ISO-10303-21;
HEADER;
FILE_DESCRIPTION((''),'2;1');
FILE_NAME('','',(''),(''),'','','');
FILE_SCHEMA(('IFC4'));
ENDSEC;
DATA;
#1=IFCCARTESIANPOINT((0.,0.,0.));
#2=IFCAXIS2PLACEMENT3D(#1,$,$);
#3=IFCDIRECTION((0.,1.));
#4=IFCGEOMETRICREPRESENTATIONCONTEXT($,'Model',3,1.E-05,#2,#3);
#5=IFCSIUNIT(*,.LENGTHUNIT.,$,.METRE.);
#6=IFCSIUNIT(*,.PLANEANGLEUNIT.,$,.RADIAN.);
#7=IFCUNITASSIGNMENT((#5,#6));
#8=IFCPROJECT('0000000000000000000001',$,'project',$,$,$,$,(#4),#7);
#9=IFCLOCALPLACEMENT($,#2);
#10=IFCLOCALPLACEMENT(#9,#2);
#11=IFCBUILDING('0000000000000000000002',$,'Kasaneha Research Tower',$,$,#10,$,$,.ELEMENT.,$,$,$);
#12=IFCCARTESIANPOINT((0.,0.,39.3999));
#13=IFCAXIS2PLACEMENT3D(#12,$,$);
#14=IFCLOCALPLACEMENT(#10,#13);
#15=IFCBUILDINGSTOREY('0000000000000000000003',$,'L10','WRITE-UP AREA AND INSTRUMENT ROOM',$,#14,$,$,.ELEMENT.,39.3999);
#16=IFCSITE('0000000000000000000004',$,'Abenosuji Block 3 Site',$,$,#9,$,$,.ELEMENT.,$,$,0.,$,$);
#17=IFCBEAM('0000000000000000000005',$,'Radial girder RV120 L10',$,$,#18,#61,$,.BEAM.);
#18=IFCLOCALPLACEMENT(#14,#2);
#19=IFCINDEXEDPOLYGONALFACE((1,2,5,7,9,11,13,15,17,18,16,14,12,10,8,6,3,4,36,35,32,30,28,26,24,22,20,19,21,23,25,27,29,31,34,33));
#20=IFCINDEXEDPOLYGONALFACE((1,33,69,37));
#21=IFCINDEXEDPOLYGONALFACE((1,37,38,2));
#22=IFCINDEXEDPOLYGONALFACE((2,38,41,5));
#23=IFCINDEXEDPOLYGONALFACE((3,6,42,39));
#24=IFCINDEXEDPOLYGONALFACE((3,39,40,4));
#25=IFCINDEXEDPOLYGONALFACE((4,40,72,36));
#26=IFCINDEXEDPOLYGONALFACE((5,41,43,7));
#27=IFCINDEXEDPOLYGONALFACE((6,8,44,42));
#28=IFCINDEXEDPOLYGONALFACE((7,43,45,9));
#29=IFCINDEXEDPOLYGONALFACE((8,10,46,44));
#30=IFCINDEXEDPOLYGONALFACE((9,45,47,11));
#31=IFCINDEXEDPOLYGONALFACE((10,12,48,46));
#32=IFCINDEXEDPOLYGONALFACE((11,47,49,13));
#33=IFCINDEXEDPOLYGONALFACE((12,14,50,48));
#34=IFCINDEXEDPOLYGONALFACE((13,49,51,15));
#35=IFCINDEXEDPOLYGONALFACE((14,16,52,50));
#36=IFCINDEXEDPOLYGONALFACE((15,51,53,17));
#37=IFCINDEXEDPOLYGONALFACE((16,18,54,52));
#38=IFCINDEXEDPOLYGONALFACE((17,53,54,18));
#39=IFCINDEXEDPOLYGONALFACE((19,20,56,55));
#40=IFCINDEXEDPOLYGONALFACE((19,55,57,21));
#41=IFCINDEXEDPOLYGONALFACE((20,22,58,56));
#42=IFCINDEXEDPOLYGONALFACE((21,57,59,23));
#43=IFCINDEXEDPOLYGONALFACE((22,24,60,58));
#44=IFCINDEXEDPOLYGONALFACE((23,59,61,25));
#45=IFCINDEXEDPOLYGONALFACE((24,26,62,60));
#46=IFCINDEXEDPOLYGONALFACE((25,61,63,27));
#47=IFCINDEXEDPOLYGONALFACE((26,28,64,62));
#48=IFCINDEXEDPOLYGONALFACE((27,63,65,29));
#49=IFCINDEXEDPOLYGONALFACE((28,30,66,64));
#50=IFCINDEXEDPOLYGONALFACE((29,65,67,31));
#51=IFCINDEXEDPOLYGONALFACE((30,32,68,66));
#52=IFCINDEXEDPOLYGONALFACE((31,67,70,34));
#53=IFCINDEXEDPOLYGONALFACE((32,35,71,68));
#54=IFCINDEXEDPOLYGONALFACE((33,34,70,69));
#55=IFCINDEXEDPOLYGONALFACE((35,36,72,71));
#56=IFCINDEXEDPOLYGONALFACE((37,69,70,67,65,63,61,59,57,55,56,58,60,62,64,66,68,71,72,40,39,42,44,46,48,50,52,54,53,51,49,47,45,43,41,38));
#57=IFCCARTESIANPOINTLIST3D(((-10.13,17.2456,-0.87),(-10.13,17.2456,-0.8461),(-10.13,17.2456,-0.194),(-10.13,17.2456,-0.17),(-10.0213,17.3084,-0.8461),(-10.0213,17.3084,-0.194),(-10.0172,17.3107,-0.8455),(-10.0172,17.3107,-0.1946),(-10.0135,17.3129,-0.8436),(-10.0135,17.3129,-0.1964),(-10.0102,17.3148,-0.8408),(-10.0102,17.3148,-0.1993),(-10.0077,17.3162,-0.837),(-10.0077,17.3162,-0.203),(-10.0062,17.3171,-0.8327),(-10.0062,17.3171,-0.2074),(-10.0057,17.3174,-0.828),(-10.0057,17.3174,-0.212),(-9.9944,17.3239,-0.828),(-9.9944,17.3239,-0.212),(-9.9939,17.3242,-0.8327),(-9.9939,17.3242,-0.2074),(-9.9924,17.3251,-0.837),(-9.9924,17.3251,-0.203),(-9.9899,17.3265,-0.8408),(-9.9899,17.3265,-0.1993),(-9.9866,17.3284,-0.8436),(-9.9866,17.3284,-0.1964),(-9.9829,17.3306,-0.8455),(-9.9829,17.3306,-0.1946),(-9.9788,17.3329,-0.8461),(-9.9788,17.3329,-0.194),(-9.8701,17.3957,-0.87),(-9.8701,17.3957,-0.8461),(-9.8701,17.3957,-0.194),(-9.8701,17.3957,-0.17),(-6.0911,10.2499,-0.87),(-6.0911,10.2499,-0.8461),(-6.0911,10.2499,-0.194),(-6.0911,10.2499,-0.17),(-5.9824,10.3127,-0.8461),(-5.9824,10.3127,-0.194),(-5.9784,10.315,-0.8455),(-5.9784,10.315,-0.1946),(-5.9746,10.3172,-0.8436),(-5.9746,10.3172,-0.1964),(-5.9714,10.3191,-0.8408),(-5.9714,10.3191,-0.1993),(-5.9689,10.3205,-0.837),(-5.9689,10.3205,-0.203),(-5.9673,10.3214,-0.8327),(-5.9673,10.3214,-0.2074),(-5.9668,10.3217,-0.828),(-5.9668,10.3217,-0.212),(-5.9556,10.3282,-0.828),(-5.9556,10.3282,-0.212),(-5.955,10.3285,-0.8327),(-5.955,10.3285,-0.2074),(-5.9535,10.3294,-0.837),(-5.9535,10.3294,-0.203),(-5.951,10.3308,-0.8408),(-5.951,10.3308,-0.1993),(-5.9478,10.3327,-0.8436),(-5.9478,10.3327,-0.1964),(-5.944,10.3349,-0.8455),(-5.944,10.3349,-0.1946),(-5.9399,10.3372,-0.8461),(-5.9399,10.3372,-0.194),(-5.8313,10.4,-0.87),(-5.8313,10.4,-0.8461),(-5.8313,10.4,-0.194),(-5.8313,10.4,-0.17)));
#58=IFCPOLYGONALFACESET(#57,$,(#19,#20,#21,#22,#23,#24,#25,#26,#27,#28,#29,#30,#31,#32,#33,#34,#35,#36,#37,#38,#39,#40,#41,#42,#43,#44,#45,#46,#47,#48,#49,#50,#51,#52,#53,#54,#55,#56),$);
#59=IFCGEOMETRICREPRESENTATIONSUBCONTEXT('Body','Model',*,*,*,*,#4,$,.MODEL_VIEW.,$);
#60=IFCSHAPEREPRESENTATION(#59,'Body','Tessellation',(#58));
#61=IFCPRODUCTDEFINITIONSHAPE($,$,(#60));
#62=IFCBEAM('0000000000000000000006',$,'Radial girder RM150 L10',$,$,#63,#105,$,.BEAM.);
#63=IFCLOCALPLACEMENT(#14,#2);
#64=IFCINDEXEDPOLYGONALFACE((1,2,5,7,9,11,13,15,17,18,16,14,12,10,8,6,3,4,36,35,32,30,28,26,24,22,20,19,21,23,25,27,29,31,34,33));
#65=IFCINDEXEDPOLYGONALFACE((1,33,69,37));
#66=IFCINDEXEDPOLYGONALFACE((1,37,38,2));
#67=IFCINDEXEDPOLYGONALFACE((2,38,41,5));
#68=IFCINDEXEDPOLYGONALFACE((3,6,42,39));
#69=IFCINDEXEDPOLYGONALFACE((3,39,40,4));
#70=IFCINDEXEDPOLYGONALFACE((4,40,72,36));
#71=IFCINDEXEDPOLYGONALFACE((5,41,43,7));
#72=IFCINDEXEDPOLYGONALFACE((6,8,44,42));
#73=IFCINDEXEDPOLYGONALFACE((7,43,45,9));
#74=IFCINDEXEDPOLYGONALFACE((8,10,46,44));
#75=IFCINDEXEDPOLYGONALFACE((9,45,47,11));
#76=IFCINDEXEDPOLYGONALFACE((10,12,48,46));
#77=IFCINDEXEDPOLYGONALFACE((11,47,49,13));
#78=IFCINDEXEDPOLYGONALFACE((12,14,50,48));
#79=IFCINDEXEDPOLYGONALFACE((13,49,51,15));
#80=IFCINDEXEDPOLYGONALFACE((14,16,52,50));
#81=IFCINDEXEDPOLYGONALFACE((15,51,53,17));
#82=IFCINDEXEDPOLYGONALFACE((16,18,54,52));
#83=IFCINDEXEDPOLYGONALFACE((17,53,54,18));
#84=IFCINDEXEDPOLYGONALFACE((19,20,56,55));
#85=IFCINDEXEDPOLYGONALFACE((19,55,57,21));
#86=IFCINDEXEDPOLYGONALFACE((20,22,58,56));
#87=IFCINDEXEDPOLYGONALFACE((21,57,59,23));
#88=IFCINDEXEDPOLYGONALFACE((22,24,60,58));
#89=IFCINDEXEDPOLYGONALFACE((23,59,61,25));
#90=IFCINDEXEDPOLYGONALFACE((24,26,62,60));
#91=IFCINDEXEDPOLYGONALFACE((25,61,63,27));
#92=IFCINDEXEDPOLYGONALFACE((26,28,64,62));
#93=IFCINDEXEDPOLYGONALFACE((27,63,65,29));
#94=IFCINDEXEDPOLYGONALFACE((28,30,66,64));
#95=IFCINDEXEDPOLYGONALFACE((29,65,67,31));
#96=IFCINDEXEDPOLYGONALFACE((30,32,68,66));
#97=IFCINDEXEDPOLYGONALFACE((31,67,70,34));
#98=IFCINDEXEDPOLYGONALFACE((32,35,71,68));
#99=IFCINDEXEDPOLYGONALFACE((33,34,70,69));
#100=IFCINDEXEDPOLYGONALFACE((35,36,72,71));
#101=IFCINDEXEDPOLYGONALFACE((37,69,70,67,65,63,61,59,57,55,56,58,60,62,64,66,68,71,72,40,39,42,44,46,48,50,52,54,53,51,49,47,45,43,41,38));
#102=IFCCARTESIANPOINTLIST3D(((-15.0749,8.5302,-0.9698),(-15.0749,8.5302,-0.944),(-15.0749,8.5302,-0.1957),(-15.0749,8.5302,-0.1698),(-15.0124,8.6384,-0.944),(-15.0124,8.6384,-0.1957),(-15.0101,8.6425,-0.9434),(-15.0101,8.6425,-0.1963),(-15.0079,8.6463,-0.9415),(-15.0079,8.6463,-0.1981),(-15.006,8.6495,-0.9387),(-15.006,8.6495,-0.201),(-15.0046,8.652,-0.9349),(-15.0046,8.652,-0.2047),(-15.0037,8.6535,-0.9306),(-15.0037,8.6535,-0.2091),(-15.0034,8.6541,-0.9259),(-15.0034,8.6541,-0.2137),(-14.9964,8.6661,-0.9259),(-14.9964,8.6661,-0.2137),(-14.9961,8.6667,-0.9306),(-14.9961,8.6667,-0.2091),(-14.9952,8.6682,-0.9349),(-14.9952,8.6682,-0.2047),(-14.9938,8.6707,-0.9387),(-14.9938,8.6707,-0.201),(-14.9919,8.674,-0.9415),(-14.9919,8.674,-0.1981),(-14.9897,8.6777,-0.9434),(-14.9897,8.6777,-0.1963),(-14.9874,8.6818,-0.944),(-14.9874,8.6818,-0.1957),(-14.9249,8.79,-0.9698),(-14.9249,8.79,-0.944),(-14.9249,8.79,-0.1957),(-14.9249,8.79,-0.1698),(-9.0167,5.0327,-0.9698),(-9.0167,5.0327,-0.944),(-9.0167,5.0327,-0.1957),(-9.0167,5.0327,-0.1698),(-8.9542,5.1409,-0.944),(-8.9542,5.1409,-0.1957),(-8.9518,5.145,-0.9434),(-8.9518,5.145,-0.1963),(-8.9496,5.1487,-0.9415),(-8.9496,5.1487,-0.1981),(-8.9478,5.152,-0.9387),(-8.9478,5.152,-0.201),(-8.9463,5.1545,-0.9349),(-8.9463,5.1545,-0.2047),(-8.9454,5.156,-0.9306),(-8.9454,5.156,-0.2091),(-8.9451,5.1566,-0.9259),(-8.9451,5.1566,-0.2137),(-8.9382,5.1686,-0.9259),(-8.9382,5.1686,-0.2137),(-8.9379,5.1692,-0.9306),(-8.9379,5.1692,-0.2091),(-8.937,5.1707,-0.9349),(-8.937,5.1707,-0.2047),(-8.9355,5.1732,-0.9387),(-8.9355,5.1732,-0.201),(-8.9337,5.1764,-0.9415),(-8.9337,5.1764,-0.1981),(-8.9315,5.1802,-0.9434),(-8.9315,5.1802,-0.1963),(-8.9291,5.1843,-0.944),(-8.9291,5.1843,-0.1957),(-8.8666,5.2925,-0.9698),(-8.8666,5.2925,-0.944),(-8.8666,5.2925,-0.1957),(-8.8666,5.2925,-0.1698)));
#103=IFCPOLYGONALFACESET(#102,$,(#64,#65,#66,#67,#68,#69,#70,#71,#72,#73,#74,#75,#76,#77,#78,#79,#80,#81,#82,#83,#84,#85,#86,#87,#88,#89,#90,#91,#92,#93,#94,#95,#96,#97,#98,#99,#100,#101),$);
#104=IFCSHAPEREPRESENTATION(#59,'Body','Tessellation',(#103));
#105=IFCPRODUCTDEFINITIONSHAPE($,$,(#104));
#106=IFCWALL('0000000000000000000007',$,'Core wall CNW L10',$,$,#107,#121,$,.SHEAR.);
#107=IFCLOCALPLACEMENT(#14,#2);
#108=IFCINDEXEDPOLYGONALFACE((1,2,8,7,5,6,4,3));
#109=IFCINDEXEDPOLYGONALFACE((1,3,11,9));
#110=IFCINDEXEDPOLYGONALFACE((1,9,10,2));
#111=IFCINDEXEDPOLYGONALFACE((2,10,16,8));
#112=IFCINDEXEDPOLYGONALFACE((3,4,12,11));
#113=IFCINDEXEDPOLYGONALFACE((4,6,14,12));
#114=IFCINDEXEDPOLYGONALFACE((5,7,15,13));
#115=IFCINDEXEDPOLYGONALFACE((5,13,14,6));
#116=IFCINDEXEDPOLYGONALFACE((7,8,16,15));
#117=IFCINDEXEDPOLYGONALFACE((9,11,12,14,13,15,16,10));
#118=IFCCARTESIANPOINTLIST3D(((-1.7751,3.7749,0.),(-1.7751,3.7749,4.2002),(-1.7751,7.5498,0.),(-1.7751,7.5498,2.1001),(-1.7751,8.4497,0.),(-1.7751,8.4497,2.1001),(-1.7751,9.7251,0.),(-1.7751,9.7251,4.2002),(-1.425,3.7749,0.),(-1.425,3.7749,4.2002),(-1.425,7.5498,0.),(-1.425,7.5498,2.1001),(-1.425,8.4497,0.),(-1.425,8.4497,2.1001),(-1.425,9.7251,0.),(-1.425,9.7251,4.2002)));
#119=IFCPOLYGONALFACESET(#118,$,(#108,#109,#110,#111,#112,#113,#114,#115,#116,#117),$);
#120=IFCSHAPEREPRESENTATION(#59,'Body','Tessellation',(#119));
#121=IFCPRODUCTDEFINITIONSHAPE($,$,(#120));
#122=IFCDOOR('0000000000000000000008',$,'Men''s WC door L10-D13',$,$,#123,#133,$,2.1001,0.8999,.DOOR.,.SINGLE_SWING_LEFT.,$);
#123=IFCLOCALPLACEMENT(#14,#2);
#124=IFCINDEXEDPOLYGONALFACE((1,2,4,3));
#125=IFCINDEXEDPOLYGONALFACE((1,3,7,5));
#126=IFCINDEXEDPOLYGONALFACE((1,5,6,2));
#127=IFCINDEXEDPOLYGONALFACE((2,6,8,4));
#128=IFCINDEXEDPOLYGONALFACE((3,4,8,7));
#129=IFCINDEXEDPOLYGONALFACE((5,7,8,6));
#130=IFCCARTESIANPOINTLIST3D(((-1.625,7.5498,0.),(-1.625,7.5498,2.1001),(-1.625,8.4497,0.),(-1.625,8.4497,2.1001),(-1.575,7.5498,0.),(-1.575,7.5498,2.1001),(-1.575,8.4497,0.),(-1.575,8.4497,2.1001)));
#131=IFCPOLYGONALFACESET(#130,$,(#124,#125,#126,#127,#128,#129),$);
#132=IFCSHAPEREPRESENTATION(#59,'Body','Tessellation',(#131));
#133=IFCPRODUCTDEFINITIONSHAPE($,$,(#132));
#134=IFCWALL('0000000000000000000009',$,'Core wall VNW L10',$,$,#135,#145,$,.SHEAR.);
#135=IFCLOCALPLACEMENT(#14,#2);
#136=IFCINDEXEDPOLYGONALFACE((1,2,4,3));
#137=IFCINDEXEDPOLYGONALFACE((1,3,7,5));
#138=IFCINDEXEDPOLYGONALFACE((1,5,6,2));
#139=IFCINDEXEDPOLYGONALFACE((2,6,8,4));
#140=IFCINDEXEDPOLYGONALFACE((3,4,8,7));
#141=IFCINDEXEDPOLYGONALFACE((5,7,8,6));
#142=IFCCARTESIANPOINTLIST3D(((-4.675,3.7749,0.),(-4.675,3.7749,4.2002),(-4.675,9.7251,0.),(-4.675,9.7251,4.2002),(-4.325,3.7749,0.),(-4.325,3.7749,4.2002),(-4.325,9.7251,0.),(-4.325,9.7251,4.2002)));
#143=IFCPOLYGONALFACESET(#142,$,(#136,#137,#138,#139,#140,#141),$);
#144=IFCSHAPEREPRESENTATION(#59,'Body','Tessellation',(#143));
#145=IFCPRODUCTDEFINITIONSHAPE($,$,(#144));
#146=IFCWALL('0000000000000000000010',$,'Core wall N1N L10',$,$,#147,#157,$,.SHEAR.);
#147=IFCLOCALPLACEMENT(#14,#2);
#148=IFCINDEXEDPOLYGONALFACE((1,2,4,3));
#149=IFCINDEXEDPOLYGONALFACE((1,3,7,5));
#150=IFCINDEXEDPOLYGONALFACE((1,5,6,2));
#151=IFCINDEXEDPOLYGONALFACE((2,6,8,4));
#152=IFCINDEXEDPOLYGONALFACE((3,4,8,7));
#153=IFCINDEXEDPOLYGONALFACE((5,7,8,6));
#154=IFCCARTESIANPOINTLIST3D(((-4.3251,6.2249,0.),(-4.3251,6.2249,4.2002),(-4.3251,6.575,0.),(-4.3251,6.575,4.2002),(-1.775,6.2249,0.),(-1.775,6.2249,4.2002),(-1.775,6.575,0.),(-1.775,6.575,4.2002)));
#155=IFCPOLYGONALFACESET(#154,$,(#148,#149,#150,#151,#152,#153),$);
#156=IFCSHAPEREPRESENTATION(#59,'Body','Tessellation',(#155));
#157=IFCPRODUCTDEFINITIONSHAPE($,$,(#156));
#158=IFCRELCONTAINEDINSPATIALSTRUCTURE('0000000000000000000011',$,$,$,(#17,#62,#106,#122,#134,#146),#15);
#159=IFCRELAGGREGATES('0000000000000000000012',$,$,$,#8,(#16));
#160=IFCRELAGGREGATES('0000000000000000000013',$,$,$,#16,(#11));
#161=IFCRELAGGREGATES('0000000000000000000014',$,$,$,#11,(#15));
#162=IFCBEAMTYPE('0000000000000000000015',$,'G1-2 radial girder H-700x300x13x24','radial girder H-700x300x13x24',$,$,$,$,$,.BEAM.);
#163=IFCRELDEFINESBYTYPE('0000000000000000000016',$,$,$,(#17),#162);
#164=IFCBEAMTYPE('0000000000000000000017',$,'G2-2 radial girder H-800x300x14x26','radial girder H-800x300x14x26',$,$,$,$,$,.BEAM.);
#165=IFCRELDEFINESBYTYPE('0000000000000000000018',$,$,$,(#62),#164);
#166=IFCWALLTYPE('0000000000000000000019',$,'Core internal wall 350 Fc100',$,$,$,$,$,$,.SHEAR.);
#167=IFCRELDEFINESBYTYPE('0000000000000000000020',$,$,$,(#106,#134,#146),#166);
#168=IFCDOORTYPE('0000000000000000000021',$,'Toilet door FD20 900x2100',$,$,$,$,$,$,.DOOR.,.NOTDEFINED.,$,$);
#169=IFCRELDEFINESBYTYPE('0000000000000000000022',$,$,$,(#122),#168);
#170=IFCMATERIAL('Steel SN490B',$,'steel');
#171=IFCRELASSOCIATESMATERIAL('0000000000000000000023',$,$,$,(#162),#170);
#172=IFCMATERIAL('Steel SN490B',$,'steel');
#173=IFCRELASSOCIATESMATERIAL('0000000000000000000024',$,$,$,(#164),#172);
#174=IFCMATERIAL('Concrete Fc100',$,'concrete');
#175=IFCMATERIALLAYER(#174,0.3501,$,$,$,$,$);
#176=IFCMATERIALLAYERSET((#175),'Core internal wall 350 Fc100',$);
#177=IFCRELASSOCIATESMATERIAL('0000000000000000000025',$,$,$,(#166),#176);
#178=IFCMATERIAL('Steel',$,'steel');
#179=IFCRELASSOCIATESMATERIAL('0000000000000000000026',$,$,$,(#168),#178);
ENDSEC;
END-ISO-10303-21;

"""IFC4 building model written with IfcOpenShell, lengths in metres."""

from ifc_helpers import new_model, si_unit, direction, frame, frame_2d, origin, origin_2d, place, context, subcontext, project, spatial, rectangle, i_section, extrude, material, layer, layer_set, material_profile, profile_set, type_object, element, fill, save


model = new_model("IFC4")

# Units and contexts
model_context = context("Model", 3, precision=1e-05, world=origin(), true_north=direction((0.0, 1.0)))
body_context = subcontext(model_context, "Body", "Model", "MODEL_VIEW")
ifc_project = project(units=[si_unit("LENGTHUNIT", "METRE"), si_unit("PLANEANGLEUNIT", "RADIAN")], contexts=[model_context])

# Site, building, storey
site_placement = place(None, origin())
site = spatial("IfcSite", under=ifc_project, at=site_placement, Name="Abenosuji Block 3 Site", CompositionType="ELEMENT", RefElevation=0.0)
building_placement = place(site_placement, origin())
building = spatial("IfcBuilding", under=site, at=building_placement, Name="Kasaneha Research Tower", CompositionType="ELEMENT")
storey_placement = place(building_placement, frame((0.0, 0.0, 39.3999)))
storey = spatial("IfcBuildingStorey", under=building, at=storey_placement, Name="L10", Description="WRITE-UP AREA AND INSTRUMENT ROOM", CompositionType="ELEMENT", Elevation=39.3999)

# Beams
ifc_material_1 = material(Name="Steel SN490B", Category="steel")
ifc_material_profile_1 = material_profile(ifc_material_1, i_section(OverallWidth=0.3, OverallDepth=0.7, WebThickness=0.0129, FlangeThickness=0.0239, FilletRadius=0.0181, at=origin_2d()), Name="H-700x300x13x24")
ifc_profile_set_1 = profile_set([ifc_material_profile_1], Name="Steel SN490B")
beam_type_1 = type_object("IfcBeamType", Name="G1-2 radial girder H-700x300x13x24", Description="radial girder H-700x300x13x24", PredefinedType="BEAM", material=ifc_profile_set_1)
beam_1_placement = place(storey_placement, frame((-5.9612, 10.325, -0.52), z_axis=(-0.499991, 0.866031, 0.0), x_axis=(-0.866031, -0.499991, 0.0)))
element("IfcBeam", 1, at=beam_1_placement, inside=storey, type_object=beam_type_1, Name="Radial girder RV120 L10", PredefinedType="BEAM", context=body_context, shape_type="SweptSolid", body=[
    extrude(i_section(OverallWidth=0.3, OverallDepth=0.7, WebThickness=0.0129, FlangeThickness=0.0239, FilletRadius=0.0181, at=origin_2d()), origin(), (0.0, 0.0, 1.0), 8.0779),
])
ifc_material_2 = material(Name="Steel SN490B", Category="steel")
ifc_material_profile_2 = material_profile(ifc_material_2, i_section(OverallWidth=0.3, OverallDepth=0.8, WebThickness=0.0139, FlangeThickness=0.0259, FilletRadius=0.0181, at=origin_2d()), Name="H-800x300x14x26")
ifc_profile_set_2 = profile_set([ifc_material_profile_2], Name="Steel SN490B")
beam_type_2 = type_object("IfcBeamType", Name="G2-2 radial girder H-800x300x14x26", Description="radial girder H-800x300x14x26", PredefinedType="BEAM", material=ifc_profile_set_2)
beam_2_placement = place(storey_placement, frame((-8.9417, 5.1626, -0.5698), z_axis=(-0.86604, 0.499975, 0.0), x_axis=(-0.499975, -0.86604, 0.0)))
element("IfcBeam", 2, at=beam_2_placement, inside=storey, type_object=beam_type_2, Name="Radial girder RM150 L10", PredefinedType="BEAM", context=body_context, shape_type="SweptSolid", body=[
    extrude(i_section(OverallWidth=0.3, OverallDepth=0.8, WebThickness=0.0139, FlangeThickness=0.0259, FilletRadius=0.0181, at=origin_2d()), origin(), (0.0, 0.0, 1.0), 6.9954),
])

# Wall, opening, door
ifc_material_3 = material(Name="Concrete Fc100", Category="concrete")
ifc_layer_1 = layer(ifc_material_3, 0.3501)
ifc_layer_set_1 = layer_set([ifc_layer_1], Name="Core internal wall 350 Fc100")
wall_type_1 = type_object("IfcWallType", Name="Core internal wall 350 Fc100", PredefinedType="SHEAR", material=ifc_layer_set_1)
wall_1_placement = place(storey_placement, frame((-1.6001, 3.7749, 0.0), z_axis=(0.0, 0.0, 1.0), x_axis=(0.0, 1.0, 0.0)))
wall_1 = element("IfcWall", 3, at=wall_1_placement, inside=storey, type_object=wall_type_1, Name="Core wall CNW L10", PredefinedType="SHEAR", context=body_context, shape_type="SweptSolid", body=[
    extrude(rectangle(XDim=5.9502, YDim=0.3501, at=frame_2d((2.9751, 0.0))), origin(), (0.0, 0.0, 1.0), 4.2002),
])
opening_1_placement = place(wall_1_placement, frame((3.7749, 0.0, 0.0)))
opening_1 = element("IfcOpeningElement", 4, at=opening_1_placement, cuts=wall_1, PredefinedType="OPENING", context=body_context, shape_type="SweptSolid", body=[
    extrude(rectangle(XDim=0.8999, YDim=2.1001, at=frame_2d((0.45, 1.05))), frame((0.0, 0.1851, 0.0), z_axis=(0.0, -1.0, 0.0), x_axis=(1.0, 0.0, 0.0)), (0.0, 0.0, 1.0), 0.3701),
])
ifc_material_4 = material(Name="Steel", Category="steel")
door_type_1 = type_object("IfcDoorType", Name="Toilet door FD20 900x2100", OperationType="NOTDEFINED", PredefinedType="DOOR", material=ifc_material_4)
door_1_placement = place(opening_1_placement, origin())
door_1 = element("IfcDoor", 5, at=door_1_placement, inside=storey, type_object=door_type_1, Name="Men's WC door L10-D13", OperationType="SINGLE_SWING_LEFT", OverallHeight=2.1001, OverallWidth=0.8999, PredefinedType="DOOR", context=body_context, shape_type="SweptSolid", body=[
    extrude(rectangle(XDim=0.8999, YDim=2.1001, at=frame_2d((0.45, 1.05))), frame((0.0, 0.0249, 0.0), z_axis=(0.0, -1.0, 0.0), x_axis=(1.0, 0.0, 0.0)), (0.0, 0.0, 1.0), 0.05),
])
fill(opening_1, door_1)

# Walls
wall_2_placement = place(storey_placement, frame((-4.5, 3.7749, 0.0), z_axis=(0.0, 0.0, 1.0), x_axis=(0.0, 1.0, 0.0)))
element("IfcWall", 6, at=wall_2_placement, inside=storey, type_object=wall_type_1, Name="Core wall VNW L10", PredefinedType="SHEAR", context=body_context, shape_type="SweptSolid", body=[
    extrude(rectangle(XDim=5.9502, YDim=0.3501, at=frame_2d((2.9751, 0.0))), origin(), (0.0, 0.0, 1.0), 4.2002),
])
wall_3_placement = place(storey_placement, frame((-4.325, 6.3999, 0.0), z_axis=(0.0, 0.0, 1.0), x_axis=(1.0, 0.0, 0.0)))
element("IfcWall", 7, at=wall_3_placement, inside=storey, type_object=wall_type_1, Name="Core wall N1N L10", PredefinedType="SHEAR", context=body_context, shape_type="SweptSolid", body=[
    extrude(rectangle(XDim=2.55, YDim=0.3501, at=frame_2d((1.2749, 0.0))), origin(), (0.0, 0.0, 1.0), 4.2002),
])

save(model, "model.ifc")
